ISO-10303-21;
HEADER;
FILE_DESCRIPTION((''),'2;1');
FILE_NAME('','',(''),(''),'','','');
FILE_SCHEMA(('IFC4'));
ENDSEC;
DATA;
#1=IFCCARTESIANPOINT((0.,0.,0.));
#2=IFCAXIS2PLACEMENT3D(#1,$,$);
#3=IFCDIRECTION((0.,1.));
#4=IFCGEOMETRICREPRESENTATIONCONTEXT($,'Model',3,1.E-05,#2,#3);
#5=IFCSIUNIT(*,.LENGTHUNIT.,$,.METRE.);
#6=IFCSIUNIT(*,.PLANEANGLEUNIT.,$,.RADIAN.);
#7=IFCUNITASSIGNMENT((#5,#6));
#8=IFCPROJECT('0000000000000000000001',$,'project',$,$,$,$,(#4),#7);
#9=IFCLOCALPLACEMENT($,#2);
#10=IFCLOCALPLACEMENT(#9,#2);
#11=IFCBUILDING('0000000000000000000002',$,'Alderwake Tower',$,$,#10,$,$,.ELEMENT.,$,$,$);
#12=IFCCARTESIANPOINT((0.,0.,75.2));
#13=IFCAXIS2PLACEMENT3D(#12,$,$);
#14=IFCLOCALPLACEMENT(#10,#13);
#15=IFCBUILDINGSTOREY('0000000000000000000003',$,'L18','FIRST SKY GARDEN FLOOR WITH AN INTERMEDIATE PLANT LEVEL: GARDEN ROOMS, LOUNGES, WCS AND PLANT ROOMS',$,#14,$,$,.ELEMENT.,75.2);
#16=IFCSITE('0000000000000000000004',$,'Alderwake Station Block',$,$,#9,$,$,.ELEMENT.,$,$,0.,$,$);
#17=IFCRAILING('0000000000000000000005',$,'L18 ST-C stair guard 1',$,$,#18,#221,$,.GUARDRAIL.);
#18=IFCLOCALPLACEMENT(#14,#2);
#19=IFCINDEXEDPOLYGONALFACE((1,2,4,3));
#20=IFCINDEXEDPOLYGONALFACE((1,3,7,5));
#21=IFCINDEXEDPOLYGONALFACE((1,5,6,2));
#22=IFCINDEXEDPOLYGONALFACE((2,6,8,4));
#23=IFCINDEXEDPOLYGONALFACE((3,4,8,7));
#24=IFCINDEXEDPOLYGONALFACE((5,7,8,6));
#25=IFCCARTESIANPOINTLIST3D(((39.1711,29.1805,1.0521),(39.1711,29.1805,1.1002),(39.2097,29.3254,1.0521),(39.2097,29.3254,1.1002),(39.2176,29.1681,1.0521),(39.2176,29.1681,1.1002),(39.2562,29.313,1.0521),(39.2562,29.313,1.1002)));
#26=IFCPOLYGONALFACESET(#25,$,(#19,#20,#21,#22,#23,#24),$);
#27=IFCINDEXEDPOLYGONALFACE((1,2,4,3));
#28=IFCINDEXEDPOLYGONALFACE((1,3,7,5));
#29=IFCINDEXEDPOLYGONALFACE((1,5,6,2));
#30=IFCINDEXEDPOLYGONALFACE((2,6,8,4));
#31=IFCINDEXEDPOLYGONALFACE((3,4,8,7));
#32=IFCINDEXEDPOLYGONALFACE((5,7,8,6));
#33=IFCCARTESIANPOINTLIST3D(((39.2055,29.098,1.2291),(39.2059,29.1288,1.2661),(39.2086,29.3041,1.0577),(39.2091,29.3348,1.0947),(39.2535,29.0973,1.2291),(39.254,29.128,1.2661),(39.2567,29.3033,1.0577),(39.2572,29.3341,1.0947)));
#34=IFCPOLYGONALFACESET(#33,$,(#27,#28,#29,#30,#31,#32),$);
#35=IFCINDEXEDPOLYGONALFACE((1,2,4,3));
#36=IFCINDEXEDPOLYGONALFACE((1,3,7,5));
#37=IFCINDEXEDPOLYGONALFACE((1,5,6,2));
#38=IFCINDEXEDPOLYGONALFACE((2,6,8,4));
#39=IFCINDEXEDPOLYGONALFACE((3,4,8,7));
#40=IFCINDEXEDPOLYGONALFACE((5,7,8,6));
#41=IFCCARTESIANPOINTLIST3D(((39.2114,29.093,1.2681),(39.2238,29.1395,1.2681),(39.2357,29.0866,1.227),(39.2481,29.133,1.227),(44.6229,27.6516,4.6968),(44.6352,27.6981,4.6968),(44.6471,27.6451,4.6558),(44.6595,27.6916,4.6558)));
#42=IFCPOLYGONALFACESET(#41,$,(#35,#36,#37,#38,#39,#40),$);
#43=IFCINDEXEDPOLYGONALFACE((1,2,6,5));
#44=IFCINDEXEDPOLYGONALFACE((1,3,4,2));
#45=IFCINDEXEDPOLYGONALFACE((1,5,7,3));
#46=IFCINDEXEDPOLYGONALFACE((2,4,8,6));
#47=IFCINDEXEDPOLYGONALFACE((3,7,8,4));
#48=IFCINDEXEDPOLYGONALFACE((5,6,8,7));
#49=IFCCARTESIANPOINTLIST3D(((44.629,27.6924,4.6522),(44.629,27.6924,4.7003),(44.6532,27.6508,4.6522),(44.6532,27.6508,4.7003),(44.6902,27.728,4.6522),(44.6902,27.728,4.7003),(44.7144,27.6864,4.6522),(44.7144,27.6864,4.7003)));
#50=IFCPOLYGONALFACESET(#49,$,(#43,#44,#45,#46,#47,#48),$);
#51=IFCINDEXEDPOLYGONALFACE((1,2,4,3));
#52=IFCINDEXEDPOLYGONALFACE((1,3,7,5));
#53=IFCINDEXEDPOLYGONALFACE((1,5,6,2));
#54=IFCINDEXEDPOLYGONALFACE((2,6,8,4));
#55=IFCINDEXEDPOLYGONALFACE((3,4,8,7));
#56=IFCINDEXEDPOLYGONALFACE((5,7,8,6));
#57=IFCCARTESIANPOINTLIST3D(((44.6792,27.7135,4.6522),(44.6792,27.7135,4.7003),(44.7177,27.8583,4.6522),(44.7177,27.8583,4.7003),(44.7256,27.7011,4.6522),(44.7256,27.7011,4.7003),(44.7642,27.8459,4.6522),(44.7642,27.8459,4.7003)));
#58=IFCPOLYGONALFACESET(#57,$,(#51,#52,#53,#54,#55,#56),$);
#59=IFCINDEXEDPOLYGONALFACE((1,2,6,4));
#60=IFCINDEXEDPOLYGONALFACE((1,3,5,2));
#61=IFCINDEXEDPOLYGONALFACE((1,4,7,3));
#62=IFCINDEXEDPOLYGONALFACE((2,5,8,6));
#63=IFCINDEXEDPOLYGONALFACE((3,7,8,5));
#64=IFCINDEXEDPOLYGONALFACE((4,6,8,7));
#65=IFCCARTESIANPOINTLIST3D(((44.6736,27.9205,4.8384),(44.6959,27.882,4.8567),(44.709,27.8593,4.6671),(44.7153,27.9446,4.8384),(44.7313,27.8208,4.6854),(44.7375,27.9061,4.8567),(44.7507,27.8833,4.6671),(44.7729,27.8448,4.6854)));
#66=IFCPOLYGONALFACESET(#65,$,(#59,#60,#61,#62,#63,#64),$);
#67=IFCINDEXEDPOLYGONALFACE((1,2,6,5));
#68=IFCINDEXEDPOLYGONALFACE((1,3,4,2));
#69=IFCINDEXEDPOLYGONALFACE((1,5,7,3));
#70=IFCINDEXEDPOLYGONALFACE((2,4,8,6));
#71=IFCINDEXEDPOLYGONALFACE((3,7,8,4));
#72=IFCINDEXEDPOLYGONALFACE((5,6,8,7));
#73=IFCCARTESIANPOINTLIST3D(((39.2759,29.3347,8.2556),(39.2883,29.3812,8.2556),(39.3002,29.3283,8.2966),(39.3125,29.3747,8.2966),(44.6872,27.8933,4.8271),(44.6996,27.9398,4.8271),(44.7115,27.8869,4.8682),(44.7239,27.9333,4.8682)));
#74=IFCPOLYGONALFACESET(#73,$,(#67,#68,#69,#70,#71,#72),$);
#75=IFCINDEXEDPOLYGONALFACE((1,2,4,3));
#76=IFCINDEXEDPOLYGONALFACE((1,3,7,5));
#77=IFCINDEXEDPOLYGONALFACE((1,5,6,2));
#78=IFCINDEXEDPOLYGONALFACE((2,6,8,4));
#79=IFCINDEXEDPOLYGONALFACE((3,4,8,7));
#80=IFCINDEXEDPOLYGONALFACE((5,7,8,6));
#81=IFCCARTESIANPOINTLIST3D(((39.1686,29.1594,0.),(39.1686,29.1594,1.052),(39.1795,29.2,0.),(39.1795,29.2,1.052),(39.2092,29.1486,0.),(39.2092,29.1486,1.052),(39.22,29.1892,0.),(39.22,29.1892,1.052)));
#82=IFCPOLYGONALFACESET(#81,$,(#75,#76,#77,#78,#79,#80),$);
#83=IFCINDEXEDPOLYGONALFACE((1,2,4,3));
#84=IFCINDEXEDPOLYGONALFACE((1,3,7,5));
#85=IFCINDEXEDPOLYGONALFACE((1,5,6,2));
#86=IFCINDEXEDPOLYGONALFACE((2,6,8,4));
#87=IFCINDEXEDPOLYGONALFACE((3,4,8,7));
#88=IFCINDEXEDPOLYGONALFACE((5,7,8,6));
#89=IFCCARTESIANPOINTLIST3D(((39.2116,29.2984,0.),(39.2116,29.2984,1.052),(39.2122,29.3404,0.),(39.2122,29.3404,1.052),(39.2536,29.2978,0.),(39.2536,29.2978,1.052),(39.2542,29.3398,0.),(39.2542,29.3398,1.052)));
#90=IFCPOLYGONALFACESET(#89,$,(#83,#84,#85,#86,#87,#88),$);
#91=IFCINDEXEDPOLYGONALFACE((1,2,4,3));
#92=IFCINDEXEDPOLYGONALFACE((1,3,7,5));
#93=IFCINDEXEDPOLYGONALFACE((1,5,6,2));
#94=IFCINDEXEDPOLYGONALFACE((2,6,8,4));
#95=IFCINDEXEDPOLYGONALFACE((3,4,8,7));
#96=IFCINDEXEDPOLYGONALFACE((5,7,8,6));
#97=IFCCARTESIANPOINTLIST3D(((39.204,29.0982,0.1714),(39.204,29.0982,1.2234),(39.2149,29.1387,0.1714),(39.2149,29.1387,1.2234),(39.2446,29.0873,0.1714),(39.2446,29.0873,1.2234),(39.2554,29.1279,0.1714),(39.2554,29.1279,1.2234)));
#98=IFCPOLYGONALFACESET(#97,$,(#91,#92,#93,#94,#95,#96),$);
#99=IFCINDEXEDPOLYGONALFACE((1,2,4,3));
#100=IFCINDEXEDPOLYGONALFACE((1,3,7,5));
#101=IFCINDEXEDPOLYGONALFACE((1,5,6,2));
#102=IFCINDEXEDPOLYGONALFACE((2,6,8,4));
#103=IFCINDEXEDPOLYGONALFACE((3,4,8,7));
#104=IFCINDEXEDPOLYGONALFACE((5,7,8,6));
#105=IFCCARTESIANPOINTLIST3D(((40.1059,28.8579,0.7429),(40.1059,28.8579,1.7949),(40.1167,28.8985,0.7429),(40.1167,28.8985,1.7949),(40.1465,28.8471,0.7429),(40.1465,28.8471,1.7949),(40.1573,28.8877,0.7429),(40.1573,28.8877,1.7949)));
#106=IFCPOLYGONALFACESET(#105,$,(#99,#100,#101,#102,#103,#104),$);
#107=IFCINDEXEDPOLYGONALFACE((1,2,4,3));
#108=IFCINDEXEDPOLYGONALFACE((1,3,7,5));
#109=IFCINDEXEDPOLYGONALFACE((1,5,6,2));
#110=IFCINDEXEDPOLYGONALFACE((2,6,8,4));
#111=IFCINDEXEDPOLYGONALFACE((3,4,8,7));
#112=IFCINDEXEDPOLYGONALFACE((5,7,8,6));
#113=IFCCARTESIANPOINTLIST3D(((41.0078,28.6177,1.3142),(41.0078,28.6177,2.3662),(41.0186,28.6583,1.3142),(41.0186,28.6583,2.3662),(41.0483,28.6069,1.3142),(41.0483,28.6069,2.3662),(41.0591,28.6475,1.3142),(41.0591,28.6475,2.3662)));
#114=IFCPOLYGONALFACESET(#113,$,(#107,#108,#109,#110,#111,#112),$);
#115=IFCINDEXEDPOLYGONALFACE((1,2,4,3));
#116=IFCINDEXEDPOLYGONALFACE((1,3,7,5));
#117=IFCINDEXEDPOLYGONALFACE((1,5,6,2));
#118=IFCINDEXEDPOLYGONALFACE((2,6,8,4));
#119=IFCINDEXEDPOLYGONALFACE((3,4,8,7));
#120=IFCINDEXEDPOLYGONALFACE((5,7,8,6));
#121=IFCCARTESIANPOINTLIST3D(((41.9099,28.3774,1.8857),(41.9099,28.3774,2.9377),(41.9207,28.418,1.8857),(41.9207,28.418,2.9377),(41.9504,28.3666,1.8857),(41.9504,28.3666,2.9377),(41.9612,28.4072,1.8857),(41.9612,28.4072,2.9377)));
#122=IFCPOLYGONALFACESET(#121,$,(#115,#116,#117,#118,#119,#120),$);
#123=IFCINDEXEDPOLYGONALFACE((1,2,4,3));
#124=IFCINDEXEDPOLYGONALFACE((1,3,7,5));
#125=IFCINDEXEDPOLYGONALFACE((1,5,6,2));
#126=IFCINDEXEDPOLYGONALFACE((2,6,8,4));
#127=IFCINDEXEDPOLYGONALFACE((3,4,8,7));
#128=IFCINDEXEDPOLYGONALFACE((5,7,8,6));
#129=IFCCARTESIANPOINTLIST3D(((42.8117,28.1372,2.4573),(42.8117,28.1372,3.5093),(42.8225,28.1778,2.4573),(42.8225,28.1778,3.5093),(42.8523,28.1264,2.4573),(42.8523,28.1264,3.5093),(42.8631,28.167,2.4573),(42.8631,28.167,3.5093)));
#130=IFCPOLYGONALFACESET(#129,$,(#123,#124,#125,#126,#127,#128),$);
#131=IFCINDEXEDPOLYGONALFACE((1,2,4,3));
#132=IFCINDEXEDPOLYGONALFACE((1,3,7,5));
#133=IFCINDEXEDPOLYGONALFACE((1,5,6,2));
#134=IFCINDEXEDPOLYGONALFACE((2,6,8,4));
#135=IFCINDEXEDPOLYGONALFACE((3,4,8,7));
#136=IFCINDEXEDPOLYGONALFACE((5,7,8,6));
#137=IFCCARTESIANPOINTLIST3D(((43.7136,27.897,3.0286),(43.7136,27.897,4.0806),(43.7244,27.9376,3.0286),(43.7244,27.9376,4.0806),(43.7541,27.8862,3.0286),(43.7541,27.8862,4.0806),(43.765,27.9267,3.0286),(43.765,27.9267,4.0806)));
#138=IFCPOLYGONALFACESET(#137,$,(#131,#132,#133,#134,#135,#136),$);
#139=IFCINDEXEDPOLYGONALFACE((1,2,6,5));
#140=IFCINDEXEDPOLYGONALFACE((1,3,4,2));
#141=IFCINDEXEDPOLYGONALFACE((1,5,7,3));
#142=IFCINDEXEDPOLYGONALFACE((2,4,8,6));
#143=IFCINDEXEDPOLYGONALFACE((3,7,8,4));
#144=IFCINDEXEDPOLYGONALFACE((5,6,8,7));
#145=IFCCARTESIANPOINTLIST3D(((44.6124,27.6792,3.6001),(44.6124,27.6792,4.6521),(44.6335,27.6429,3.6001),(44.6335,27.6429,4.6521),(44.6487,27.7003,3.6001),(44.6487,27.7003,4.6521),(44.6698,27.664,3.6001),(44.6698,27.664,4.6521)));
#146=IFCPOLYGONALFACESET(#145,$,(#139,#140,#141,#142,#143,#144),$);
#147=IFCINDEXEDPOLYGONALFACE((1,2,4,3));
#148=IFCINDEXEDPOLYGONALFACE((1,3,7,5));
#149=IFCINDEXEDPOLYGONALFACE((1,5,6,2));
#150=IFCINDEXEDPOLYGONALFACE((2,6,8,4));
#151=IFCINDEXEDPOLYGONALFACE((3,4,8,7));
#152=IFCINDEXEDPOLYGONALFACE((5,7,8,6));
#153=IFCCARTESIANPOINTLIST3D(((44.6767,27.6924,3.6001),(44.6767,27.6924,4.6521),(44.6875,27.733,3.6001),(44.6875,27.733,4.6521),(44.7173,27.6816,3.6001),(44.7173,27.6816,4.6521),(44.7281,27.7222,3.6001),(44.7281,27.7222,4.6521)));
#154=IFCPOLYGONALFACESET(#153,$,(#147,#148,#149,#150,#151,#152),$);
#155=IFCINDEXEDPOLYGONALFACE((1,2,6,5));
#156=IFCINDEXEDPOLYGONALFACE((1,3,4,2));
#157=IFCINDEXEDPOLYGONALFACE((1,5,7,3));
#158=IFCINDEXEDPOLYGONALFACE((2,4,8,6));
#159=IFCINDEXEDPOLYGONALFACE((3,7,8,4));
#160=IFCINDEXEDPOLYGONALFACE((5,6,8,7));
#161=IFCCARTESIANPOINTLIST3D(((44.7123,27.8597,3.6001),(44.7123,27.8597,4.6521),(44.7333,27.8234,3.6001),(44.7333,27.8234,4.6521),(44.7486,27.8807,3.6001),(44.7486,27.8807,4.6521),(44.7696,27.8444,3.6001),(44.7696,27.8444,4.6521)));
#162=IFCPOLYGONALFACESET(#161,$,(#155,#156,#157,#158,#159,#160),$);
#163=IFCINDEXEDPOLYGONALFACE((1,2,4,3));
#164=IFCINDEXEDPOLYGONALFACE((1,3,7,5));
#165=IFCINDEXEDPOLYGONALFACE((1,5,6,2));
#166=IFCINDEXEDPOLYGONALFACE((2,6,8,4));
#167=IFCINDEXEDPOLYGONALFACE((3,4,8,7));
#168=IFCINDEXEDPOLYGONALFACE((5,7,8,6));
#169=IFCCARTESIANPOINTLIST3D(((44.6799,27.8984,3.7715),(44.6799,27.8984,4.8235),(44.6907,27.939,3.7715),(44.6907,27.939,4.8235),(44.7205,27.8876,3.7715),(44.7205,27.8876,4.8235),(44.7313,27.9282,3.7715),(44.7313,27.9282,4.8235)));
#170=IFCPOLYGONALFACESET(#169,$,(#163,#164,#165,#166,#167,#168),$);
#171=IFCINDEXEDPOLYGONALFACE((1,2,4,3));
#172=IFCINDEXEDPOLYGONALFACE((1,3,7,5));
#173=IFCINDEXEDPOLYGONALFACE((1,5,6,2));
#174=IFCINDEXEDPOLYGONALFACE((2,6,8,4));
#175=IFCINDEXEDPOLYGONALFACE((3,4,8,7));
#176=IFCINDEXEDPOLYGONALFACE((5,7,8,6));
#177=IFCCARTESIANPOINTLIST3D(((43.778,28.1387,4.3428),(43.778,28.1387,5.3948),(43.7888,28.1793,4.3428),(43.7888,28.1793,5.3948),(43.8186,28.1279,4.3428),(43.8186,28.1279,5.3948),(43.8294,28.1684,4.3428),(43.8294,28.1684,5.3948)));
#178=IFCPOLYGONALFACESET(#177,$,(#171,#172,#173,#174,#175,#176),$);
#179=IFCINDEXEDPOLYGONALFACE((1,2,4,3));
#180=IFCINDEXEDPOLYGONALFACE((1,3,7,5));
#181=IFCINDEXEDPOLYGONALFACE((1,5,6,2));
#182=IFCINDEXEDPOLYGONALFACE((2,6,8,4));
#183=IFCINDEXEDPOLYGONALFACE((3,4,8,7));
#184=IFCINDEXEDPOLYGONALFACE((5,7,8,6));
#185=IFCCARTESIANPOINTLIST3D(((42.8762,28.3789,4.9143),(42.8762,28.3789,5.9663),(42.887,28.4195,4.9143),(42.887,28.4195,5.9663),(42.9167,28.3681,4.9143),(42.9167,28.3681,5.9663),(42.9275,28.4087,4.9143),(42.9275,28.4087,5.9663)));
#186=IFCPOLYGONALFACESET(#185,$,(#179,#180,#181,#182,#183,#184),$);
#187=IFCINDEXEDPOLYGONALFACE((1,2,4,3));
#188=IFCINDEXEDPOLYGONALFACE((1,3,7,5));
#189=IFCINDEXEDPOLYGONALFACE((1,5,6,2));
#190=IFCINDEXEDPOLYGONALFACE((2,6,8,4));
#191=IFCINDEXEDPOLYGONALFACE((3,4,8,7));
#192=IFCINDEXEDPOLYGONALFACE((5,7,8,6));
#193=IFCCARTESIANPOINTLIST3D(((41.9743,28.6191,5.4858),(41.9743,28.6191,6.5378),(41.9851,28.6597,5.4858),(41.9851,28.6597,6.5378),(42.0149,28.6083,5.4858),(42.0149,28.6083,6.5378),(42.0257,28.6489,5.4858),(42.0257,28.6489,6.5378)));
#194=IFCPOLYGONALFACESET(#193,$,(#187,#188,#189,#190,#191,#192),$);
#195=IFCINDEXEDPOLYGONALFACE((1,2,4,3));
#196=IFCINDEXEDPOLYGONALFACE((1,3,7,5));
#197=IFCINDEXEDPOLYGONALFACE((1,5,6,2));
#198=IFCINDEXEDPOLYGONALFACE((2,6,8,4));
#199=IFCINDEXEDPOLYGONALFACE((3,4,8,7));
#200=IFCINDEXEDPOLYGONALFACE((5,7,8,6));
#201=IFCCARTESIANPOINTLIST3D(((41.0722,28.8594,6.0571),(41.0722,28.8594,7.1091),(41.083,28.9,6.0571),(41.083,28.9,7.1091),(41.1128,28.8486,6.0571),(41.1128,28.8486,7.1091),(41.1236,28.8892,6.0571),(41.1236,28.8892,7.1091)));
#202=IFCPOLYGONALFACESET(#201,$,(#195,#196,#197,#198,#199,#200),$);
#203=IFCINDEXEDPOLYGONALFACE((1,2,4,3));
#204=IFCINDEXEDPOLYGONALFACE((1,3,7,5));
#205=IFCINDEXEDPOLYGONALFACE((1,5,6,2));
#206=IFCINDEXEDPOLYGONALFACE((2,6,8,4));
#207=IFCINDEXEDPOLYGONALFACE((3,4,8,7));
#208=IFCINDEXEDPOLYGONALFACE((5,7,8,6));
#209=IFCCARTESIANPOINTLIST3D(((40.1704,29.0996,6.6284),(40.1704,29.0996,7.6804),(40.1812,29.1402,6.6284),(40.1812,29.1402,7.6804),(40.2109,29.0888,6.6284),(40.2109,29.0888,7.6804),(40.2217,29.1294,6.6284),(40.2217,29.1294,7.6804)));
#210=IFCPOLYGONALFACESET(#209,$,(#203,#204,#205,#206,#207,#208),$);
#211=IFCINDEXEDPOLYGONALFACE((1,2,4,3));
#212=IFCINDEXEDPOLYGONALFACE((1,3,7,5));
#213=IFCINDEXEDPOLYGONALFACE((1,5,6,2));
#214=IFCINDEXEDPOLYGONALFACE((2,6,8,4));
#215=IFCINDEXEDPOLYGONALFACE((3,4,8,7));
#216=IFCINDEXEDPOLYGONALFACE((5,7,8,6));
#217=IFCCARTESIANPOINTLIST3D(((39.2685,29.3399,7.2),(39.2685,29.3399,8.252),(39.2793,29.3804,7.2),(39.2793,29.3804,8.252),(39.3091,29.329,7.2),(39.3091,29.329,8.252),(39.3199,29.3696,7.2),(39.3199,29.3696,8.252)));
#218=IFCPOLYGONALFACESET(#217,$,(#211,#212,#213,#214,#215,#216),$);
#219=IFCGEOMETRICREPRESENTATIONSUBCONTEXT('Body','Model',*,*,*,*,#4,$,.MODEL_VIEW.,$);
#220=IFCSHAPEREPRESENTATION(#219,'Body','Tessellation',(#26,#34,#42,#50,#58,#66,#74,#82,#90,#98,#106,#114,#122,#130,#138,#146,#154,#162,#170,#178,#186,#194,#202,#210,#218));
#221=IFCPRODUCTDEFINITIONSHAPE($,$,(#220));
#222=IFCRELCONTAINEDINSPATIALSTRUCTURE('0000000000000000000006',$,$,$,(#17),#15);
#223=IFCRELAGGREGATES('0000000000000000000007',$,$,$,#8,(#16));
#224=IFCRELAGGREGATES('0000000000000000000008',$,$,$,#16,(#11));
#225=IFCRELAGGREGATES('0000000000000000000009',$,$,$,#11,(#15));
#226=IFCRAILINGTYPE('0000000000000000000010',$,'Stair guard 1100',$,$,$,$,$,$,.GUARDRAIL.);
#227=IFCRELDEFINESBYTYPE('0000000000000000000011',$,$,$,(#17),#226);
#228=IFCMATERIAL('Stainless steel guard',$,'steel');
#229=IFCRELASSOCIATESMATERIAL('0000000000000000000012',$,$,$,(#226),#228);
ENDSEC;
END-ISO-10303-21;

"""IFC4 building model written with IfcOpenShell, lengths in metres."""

from ifc_helpers import new_model, si_unit, direction, frame, origin, origin_2d, place, context, subcontext, project, spatial, rectangle, extrude, material, type_object, element, save


model = new_model("IFC4")

# Units and contexts
model_context = context("Model", 3, precision=1e-05, world=origin(), true_north=direction((0.0, 1.0)))
body_context = subcontext(model_context, "Body", "Model", "MODEL_VIEW")
ifc_project = project(units=[si_unit("LENGTHUNIT", "METRE"), si_unit("PLANEANGLEUNIT", "RADIAN")], contexts=[model_context])

# Site, building, storey
site_placement = place(None, origin())
site = spatial("IfcSite", under=ifc_project, at=site_placement, Name="Alderwake Station Block", CompositionType="ELEMENT", RefElevation=0.0)
building_placement = place(site_placement, origin())
building = spatial("IfcBuilding", under=site, at=building_placement, Name="Alderwake Tower", CompositionType="ELEMENT")
storey_placement = place(building_placement, frame((0.0, 0.0, 75.2)))
storey = spatial("IfcBuildingStorey", under=building, at=storey_placement, Name="L18", Description="FIRST SKY GARDEN FLOOR WITH AN INTERMEDIATE PLANT LEVEL: GARDEN ROOMS, LOUNGES, WCS AND PLANT ROOMS", CompositionType="ELEMENT", Elevation=75.2)

# Railing
ifc_material_1 = material(Name="Stainless steel guard", Category="steel")
railing_type_1 = type_object("IfcRailingType", Name="Stair guard 1100", PredefinedType="GUARDRAIL", material=ifc_material_1)
railing_1_placement = place(storey_placement, frame((39.1943, 29.1743, 0.0)))
element("IfcRailing", 1, at=railing_1_placement, inside=storey, type_object=railing_type_1, Name="L18 ST-C stair guard 1", PredefinedType="GUARDRAIL", context=body_context, shape_type="SweptSolid", body=[
    extrude(rectangle(XDim=0.0481, YDim=0.0481, at=origin_2d()), frame((0.0, 0.0, 1.0762), z_axis=(0.25746, 0.966289, 0.0), x_axis=(-0.966289, 0.25746, 0.0)), (0.0, 0.0, 1.0), 0.1499),
    extrude(rectangle(XDim=0.0481, YDim=0.0481, at=origin_2d()), frame((0.0386, 0.1448, 1.0762), z_axis=(-0.011841, -0.768764, 0.639422), x_axis=(0.999881, -0.015401, 0.0)), (0.0, 0.0, 1.0), 0.2681),
    extrude(rectangle(XDim=0.0481, YDim=0.0481, at=origin_2d()), frame((0.0354, -0.0613, 1.2476), z_axis=(0.82411, -0.219515, 0.522165), x_axis=(0.257391, 0.966307, 0.0)), (0.0, 0.0, 1.0), 6.5664),
    extrude(rectangle(XDim=0.0481, YDim=0.0481, at=origin_2d()), frame((5.4468, -1.5027, 4.6763), z_axis=(0.864403, 0.5028, 0.0), x_axis=(-0.5028, 0.864403, 0.0)), (0.0, 0.0, 1.0), 0.0708),
    extrude(rectangle(XDim=0.0481, YDim=0.0481, at=origin_2d()), frame((5.5081, -1.467, 4.6763), z_axis=(0.25746, 0.966289, 0.0), x_axis=(-0.966289, 0.25746, 0.0)), (0.0, 0.0, 1.0), 0.1499),
    extrude(rectangle(XDim=0.0481, YDim=0.0481, at=origin_2d()), frame((5.5466, -1.3223, 4.6763), z_axis=(-0.190917, 0.330484, 0.924301), x_axis=(-0.865898, -0.50022, 0.0)), (0.0, 0.0, 1.0), 0.1853),
    extrude(rectangle(XDim=0.0481, YDim=0.0481, at=origin_2d()), frame((5.5112, -1.261, 4.8477), z_axis=(-0.824126, 0.219519, 0.522138), x_axis=(-0.257391, -0.966307, 0.0)), (0.0, 0.0, 1.0), 6.5662),
    extrude(rectangle(XDim=0.042, YDim=0.042, at=origin_2d()), frame((0.0, 0.0, 0.0), z_axis=(0.0, 0.0, 1.0), x_axis=(0.25746, 0.966289, 0.0)), (0.0, 0.0, 1.0), 1.052),
    extrude(rectangle(XDim=0.042, YDim=0.042, at=origin_2d()), frame((0.0386, 0.1448, 0.0), z_axis=(0.0, 0.0, 1.0), x_axis=(-0.015401, -0.999881, 0.0)), (0.0, 0.0, 1.0), 1.052),
    extrude(rectangle(XDim=0.042, YDim=0.042, at=origin_2d()), frame((0.0354, -0.0613, 0.1714), z_axis=(0.0, 0.0, 1.0), x_axis=(0.966307, -0.257391, 0.0)), (0.0, 0.0, 1.0), 1.052),
    extrude(rectangle(XDim=0.042, YDim=0.042, at=origin_2d()), frame((0.9373, -0.3015, 0.7429), z_axis=(0.0, 0.0, 1.0), x_axis=(0.966307, -0.257391, 0.0)), (0.0, 0.0, 1.0), 1.052),
    extrude(rectangle(XDim=0.042, YDim=0.042, at=origin_2d()), frame((1.8391, -0.5417, 1.3142), z_axis=(0.0, 0.0, 1.0), x_axis=(0.966307, -0.257391, 0.0)), (0.0, 0.0, 1.0), 1.052),
    extrude(rectangle(XDim=0.042, YDim=0.042, at=origin_2d()), frame((2.7412, -0.782, 1.8857), z_axis=(0.0, 0.0, 1.0), x_axis=(0.966307, -0.257391, 0.0)), (0.0, 0.0, 1.0), 1.052),
    extrude(rectangle(XDim=0.042, YDim=0.042, at=origin_2d()), frame((3.6431, -1.0222, 2.4573), z_axis=(0.0, 0.0, 1.0), x_axis=(0.966307, -0.257391, 0.0)), (0.0, 0.0, 1.0), 1.052),
    extrude(rectangle(XDim=0.042, YDim=0.042, at=origin_2d()), frame((4.5449, -1.2625, 3.0286), z_axis=(0.0, 0.0, 1.0), x_axis=(0.966307, -0.257391, 0.0)), (0.0, 0.0, 1.0), 1.052),
    extrude(rectangle(XDim=0.042, YDim=0.042, at=origin_2d()), frame((5.4468, -1.5027, 3.6001), z_axis=(0.0, 0.0, 1.0), x_axis=(0.864403, 0.5028, 0.0)), (0.0, 0.0, 1.0), 1.052),
    extrude(rectangle(XDim=0.042, YDim=0.042, at=origin_2d()), frame((5.5081, -1.467, 3.6001), z_axis=(0.0, 0.0, 1.0), x_axis=(0.25746, 0.966289, 0.0)), (0.0, 0.0, 1.0), 1.052),
    extrude(rectangle(XDim=0.042, YDim=0.042, at=origin_2d()), frame((5.5466, -1.3223, 3.6001), z_axis=(0.0, 0.0, 1.0), x_axis=(-0.50022, 0.865898, 0.0)), (0.0, 0.0, 1.0), 1.052),
    extrude(rectangle(XDim=0.042, YDim=0.042, at=origin_2d()), frame((5.5112, -1.261, 3.7715), z_axis=(0.0, 0.0, 1.0), x_axis=(-0.966307, 0.257391, 0.0)), (0.0, 0.0, 1.0), 1.052),
    extrude(rectangle(XDim=0.042, YDim=0.042, at=origin_2d()), frame((4.6094, -1.0208, 4.3428), z_axis=(0.0, 0.0, 1.0), x_axis=(-0.966307, 0.257391, 0.0)), (0.0, 0.0, 1.0), 1.052),
    extrude(rectangle(XDim=0.042, YDim=0.042, at=origin_2d()), frame((3.7075, -0.7805, 4.9143), z_axis=(0.0, 0.0, 1.0), x_axis=(-0.966307, 0.257391, 0.0)), (0.0, 0.0, 1.0), 1.052),
    extrude(rectangle(XDim=0.042, YDim=0.042, at=origin_2d()), frame((2.8057, -0.5403, 5.4858), z_axis=(0.0, 0.0, 1.0), x_axis=(-0.966307, 0.257391, 0.0)), (0.0, 0.0, 1.0), 1.052),
    extrude(rectangle(XDim=0.042, YDim=0.042, at=origin_2d()), frame((1.9036, -0.3, 6.0571), z_axis=(0.0, 0.0, 1.0), x_axis=(-0.966307, 0.257391, 0.0)), (0.0, 0.0, 1.0), 1.052),
    extrude(rectangle(XDim=0.042, YDim=0.042, at=origin_2d()), frame((1.0017, -0.0598, 6.6284), z_axis=(0.0, 0.0, 1.0), x_axis=(-0.966307, 0.257391, 0.0)), (0.0, 0.0, 1.0), 1.052),
    extrude(rectangle(XDim=0.042, YDim=0.042, at=origin_2d()), frame((0.0999, 0.1804, 7.2), z_axis=(0.0, 0.0, 1.0), x_axis=(-0.966307, 0.257391, 0.0)), (0.0, 0.0, 1.0), 1.052),
])

save(model, "model.ifc")
